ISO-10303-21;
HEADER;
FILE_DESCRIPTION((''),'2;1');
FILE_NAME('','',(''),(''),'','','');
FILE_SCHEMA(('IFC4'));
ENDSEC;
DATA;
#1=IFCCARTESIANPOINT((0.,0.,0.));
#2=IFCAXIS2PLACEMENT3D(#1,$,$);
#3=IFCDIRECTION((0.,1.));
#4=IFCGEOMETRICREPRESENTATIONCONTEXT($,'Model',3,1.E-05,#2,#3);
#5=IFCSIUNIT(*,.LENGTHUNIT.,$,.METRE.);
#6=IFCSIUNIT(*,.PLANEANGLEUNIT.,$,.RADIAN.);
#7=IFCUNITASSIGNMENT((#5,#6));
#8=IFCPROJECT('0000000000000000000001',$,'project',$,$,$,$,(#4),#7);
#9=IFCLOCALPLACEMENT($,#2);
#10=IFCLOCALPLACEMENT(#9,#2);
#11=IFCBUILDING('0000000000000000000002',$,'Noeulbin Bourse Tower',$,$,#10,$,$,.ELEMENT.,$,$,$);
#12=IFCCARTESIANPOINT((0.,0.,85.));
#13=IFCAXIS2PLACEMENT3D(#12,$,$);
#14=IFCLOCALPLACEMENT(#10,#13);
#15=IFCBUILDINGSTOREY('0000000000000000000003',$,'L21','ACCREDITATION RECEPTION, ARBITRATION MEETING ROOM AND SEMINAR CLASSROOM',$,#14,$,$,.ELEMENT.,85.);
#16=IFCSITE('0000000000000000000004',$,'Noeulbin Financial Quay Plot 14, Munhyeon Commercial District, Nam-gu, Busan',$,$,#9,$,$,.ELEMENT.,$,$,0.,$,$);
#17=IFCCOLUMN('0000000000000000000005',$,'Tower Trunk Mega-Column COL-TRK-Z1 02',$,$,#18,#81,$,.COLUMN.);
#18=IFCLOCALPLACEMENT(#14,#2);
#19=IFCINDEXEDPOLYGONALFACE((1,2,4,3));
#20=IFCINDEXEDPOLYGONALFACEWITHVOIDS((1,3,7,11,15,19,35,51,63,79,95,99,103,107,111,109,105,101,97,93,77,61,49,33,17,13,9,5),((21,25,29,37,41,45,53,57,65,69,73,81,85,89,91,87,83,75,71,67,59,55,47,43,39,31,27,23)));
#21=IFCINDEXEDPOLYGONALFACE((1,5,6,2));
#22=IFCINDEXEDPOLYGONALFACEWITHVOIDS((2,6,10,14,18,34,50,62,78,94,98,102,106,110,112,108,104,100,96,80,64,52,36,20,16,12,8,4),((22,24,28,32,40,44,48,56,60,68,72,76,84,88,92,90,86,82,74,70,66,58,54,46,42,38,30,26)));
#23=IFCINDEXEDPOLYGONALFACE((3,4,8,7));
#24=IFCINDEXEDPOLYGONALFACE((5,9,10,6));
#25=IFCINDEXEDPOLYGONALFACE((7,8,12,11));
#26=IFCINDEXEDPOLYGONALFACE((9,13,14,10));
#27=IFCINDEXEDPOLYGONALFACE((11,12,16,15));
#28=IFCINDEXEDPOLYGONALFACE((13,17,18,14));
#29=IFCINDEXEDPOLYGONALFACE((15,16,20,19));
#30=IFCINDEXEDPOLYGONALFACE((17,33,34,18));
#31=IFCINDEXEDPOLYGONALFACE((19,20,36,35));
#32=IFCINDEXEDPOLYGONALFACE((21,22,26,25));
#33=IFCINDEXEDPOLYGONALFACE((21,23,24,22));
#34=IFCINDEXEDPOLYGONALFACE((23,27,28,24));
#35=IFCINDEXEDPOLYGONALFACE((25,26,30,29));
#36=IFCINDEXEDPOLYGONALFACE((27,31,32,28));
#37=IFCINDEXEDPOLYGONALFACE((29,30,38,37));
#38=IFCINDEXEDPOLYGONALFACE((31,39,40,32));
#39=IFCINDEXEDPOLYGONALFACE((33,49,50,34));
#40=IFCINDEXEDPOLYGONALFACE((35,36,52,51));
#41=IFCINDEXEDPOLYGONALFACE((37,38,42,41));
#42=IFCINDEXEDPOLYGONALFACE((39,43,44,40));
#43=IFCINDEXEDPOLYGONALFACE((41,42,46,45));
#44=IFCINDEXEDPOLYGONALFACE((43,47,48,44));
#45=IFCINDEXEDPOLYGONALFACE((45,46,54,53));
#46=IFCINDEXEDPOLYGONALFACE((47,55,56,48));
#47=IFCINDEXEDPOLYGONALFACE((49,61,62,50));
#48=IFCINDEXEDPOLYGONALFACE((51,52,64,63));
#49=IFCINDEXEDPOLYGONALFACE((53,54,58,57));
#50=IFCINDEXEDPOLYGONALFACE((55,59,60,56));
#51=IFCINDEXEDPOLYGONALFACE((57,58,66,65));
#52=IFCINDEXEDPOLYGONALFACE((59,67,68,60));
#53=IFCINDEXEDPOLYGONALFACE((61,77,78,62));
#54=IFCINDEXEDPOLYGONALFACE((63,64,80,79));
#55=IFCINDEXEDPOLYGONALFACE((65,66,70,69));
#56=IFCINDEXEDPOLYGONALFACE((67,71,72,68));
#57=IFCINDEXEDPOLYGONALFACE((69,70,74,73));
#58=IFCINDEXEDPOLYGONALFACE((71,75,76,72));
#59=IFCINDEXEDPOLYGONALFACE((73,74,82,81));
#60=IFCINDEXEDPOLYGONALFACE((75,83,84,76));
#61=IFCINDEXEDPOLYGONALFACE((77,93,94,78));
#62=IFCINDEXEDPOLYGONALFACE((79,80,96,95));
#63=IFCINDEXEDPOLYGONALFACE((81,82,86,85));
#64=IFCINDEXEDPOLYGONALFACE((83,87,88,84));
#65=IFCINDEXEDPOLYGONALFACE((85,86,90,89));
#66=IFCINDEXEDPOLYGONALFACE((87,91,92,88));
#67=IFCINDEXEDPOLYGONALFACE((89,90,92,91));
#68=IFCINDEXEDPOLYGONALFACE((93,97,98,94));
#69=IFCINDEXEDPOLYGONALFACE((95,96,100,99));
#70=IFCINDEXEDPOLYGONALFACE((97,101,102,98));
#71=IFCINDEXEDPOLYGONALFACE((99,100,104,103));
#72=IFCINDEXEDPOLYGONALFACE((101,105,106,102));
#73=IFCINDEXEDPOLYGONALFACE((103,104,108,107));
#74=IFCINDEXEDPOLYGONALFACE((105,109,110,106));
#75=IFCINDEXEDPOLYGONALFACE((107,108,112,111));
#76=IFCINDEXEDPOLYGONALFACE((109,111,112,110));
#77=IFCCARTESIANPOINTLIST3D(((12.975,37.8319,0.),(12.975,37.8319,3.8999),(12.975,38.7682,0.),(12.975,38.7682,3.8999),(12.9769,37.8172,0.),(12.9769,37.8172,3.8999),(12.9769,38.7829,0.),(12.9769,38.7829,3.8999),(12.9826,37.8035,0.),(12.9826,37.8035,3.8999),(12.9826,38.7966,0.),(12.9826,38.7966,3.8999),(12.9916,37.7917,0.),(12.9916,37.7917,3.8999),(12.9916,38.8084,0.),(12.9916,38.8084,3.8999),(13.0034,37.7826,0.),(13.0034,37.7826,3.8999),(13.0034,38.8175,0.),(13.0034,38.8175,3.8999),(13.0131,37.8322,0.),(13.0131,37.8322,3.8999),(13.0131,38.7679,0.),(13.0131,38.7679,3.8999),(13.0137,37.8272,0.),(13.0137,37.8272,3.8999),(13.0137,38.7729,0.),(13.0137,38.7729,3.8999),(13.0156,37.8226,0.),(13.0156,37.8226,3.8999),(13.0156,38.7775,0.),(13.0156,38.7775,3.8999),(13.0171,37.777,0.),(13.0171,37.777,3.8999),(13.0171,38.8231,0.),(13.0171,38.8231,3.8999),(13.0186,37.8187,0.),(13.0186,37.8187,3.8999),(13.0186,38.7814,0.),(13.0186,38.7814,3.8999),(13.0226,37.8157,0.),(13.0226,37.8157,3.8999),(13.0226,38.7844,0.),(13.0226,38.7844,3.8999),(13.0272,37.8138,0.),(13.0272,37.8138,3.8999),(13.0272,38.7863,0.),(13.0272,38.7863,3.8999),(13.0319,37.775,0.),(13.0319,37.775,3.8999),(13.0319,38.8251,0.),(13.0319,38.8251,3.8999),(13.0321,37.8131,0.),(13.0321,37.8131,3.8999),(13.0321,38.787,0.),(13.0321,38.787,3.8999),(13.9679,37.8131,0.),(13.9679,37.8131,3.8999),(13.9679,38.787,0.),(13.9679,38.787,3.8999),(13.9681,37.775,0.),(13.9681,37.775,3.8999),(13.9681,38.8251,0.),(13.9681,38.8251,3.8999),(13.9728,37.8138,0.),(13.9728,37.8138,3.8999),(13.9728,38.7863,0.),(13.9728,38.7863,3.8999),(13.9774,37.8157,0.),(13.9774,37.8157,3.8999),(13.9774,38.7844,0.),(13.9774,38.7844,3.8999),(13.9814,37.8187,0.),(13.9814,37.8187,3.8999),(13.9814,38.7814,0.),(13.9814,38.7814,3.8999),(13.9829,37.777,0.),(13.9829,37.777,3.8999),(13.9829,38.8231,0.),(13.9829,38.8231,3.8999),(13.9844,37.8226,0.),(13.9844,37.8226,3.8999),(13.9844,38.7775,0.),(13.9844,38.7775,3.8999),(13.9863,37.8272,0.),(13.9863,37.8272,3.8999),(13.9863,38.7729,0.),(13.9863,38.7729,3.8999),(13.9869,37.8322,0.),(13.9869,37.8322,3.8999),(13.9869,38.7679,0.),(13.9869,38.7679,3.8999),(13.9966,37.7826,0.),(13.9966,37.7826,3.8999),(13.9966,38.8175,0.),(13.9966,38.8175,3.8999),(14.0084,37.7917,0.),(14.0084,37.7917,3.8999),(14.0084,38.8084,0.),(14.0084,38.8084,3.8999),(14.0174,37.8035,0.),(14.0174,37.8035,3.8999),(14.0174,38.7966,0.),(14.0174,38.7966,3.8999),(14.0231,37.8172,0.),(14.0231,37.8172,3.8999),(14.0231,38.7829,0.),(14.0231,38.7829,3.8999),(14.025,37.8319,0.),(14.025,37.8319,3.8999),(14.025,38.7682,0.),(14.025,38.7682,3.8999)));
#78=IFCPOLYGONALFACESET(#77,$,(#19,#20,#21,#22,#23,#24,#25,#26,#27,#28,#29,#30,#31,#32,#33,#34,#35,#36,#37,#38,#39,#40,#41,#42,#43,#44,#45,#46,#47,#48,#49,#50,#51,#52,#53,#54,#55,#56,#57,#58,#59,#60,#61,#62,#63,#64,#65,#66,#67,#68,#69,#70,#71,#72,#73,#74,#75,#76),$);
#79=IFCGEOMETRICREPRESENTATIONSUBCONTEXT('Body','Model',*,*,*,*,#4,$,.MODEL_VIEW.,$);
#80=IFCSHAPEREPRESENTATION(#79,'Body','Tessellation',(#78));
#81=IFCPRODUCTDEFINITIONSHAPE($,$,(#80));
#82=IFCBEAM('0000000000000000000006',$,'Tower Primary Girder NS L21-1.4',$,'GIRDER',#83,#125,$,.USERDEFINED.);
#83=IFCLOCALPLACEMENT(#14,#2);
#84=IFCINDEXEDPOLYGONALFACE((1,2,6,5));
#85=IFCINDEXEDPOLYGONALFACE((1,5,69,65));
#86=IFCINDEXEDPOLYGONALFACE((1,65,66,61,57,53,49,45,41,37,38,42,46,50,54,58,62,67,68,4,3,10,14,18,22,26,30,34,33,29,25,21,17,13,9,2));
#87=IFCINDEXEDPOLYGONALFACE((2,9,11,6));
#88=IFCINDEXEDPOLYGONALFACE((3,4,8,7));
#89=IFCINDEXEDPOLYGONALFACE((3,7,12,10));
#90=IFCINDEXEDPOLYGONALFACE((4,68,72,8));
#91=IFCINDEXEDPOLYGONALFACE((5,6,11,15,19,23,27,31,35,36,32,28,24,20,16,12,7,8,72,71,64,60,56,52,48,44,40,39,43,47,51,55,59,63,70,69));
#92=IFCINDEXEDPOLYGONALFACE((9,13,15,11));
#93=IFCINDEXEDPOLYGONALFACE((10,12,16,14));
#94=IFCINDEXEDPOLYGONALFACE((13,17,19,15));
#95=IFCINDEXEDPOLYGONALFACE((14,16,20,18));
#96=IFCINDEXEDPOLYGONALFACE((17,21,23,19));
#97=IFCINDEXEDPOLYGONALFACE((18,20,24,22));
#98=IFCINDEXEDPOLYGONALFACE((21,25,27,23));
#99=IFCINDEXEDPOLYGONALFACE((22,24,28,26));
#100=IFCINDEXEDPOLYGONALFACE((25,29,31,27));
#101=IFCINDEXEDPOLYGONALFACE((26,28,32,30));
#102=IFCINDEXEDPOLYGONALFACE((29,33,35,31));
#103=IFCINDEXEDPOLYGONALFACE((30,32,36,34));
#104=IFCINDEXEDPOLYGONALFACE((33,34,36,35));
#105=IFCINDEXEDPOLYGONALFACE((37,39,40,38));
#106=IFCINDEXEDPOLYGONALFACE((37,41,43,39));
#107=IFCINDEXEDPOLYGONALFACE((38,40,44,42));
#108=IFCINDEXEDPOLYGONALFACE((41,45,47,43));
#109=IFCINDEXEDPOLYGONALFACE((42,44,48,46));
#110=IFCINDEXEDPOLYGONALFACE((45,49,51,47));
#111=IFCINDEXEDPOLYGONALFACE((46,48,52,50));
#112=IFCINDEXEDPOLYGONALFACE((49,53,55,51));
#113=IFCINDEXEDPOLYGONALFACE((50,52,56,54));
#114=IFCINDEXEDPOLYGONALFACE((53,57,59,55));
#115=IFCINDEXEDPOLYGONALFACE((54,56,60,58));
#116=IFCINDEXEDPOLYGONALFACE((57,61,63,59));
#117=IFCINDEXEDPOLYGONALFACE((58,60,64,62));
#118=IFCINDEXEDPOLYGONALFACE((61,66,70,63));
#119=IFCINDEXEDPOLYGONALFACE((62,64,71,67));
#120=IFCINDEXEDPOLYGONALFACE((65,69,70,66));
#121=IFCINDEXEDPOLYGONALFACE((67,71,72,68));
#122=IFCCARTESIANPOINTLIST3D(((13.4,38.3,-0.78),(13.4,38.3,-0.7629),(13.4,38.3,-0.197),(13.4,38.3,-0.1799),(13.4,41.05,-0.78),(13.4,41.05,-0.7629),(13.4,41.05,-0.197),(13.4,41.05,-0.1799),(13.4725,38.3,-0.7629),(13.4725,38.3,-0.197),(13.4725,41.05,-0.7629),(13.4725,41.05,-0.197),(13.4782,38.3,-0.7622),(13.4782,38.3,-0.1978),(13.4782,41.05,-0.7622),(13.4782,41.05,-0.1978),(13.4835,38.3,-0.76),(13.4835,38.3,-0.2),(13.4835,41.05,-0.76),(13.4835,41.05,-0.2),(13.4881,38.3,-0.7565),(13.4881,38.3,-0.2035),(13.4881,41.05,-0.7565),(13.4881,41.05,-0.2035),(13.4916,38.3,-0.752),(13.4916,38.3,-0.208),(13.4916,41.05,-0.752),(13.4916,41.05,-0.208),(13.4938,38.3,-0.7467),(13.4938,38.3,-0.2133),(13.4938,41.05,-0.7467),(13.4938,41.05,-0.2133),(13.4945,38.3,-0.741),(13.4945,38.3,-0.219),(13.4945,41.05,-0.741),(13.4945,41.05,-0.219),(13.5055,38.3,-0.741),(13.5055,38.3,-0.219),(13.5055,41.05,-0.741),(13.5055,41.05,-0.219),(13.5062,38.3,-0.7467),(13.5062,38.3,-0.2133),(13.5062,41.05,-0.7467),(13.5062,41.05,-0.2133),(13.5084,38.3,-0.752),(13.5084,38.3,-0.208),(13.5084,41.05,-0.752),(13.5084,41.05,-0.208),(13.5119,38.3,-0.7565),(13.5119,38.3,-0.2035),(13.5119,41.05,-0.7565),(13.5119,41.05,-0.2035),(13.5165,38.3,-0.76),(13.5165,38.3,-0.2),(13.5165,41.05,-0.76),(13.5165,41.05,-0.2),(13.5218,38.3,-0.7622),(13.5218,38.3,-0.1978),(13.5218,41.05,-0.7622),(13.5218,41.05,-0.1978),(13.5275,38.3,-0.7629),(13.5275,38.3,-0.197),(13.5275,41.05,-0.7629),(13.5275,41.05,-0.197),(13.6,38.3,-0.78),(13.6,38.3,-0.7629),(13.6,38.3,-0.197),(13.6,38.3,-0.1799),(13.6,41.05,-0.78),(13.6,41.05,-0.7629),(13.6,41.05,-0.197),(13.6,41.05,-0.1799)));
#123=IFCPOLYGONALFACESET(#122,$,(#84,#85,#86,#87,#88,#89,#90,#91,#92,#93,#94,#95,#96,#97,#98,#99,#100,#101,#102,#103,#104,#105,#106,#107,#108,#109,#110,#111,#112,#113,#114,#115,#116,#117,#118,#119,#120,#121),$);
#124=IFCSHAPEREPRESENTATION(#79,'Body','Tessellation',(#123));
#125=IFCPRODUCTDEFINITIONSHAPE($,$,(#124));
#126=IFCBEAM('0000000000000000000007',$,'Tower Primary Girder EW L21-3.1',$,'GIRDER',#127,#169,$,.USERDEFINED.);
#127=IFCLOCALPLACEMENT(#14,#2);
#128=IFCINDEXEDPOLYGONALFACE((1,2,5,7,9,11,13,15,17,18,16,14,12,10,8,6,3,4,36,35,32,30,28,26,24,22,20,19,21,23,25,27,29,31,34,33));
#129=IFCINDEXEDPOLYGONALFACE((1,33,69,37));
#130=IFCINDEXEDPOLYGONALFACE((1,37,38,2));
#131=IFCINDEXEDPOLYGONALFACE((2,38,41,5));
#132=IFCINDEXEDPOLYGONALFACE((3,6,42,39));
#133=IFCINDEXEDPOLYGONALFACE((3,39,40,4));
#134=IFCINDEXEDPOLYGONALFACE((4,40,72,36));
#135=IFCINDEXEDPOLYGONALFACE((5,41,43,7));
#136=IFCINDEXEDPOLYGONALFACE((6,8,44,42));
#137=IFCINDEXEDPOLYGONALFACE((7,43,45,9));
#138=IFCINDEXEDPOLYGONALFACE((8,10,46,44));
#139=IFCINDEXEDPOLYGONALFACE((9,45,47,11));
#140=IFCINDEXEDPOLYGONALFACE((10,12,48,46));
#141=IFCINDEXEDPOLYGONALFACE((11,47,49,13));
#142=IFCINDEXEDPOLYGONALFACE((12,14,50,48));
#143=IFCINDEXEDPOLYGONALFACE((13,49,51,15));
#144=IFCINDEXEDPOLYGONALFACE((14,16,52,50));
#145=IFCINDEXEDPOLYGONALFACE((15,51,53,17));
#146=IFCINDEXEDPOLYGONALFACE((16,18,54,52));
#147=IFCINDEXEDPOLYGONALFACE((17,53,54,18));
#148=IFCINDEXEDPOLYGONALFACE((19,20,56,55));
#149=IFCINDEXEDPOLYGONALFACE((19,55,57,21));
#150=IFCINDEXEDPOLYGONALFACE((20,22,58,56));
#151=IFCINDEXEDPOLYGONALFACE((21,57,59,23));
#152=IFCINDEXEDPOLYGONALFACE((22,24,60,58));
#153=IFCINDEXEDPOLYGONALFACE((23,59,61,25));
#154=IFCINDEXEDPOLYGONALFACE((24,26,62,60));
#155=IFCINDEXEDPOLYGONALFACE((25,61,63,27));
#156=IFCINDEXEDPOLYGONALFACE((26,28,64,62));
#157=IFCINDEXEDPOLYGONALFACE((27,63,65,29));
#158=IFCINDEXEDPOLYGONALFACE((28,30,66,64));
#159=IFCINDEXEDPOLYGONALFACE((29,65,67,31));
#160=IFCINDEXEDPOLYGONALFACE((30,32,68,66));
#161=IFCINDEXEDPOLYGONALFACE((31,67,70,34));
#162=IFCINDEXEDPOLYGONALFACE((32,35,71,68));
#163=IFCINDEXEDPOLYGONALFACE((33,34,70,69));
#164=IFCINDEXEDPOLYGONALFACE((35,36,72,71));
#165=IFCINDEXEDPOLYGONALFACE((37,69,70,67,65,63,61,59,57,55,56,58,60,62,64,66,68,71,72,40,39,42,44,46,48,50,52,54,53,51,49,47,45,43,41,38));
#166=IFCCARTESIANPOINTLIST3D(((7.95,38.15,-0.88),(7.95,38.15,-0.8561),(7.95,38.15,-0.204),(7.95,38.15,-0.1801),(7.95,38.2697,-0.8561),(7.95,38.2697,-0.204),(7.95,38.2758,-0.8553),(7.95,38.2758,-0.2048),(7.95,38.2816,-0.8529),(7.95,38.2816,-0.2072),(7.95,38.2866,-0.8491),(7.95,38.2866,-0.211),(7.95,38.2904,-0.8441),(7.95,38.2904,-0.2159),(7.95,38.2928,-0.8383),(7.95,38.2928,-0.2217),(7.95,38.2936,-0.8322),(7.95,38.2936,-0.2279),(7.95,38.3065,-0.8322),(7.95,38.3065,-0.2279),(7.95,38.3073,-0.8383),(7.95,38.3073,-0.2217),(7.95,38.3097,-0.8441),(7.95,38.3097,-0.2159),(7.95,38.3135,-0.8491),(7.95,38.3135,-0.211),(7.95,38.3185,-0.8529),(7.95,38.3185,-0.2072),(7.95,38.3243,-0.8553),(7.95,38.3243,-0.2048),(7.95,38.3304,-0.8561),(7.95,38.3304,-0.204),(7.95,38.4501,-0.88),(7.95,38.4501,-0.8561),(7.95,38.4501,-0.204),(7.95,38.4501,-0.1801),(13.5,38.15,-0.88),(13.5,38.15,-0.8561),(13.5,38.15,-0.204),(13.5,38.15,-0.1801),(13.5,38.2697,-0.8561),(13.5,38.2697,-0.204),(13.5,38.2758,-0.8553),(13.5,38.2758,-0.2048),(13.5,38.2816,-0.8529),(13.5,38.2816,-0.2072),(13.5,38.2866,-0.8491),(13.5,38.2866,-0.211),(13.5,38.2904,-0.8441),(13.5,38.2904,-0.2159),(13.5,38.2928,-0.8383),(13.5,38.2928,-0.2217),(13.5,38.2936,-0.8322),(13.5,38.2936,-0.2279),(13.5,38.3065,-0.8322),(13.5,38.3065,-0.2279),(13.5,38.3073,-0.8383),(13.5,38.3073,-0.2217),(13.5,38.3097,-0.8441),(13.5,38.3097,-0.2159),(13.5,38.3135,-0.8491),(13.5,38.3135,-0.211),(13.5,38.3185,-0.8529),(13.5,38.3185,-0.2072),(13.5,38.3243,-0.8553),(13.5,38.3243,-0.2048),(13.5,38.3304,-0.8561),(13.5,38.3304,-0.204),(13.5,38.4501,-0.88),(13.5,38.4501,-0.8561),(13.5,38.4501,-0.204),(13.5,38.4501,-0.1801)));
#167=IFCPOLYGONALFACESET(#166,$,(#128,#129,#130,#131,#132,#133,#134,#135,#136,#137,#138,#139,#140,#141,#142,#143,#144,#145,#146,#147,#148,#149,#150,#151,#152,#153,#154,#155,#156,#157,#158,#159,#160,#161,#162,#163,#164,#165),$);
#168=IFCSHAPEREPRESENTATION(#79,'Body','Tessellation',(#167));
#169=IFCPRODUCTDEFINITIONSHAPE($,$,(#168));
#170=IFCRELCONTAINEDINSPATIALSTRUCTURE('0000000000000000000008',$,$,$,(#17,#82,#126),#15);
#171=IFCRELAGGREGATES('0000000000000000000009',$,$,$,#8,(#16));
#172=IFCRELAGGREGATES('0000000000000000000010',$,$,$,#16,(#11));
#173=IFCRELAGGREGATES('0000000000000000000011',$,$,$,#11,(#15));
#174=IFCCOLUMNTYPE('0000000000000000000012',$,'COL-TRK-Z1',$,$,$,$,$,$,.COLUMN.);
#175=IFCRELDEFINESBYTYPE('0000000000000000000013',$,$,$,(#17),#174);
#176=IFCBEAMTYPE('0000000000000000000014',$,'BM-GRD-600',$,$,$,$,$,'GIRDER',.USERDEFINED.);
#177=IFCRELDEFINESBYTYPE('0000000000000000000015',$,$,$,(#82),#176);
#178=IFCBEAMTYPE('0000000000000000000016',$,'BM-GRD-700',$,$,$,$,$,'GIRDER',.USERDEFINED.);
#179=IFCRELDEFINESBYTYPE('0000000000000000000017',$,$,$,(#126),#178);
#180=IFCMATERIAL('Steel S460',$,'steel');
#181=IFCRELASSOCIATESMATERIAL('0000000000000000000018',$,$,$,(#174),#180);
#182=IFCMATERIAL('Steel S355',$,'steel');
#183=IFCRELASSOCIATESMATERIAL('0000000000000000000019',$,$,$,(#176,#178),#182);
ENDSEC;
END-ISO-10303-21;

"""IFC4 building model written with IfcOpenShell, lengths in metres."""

from ifc_helpers import new_model, si_unit, direction, frame, origin, origin_2d, place, context, subcontext, project, spatial, hollow_rectangle, i_section, extrude, material, material_profile, profile_set, type_object, element, save


model = new_model("IFC4")

# Units and contexts
model_context = context("Model", 3, precision=1e-05, world=origin(), true_north=direction((0.0, 1.0)))
body_context = subcontext(model_context, "Body", "Model", "MODEL_VIEW")
ifc_project = project(units=[si_unit("LENGTHUNIT", "METRE"), si_unit("PLANEANGLEUNIT", "RADIAN")], contexts=[model_context])

# Site, building, storey
site_placement = place(None, origin())
site = spatial("IfcSite", under=ifc_project, at=site_placement, Name="Noeulbin Financial Quay Plot 14, Munhyeon Commercial District, Nam-gu, Busan", CompositionType="ELEMENT", RefElevation=0.0)
building_placement = place(site_placement, origin())
building = spatial("IfcBuilding", under=site, at=building_placement, Name="Noeulbin Bourse Tower", CompositionType="ELEMENT")
storey_placement = place(building_placement, frame((0.0, 0.0, 85.0)))
storey = spatial("IfcBuildingStorey", under=building, at=storey_placement, Name="L21", Description="ACCREDITATION RECEPTION, ARBITRATION MEETING ROOM AND SEMINAR CLASSROOM", CompositionType="ELEMENT", Elevation=85.0)

# Column
ifc_material_1 = material(Name="Steel S460", Category="steel")
ifc_material_profile_1 = material_profile(ifc_material_1, hollow_rectangle(XDim=1.05, YDim=1.05, WallThickness=0.0381, InnerFilletRadius=0.019, OuterFilletRadius=0.0569, at=origin_2d()), Name="BOX-1050x1050x38", Category="LoadBearing")
ifc_profile_set_1 = profile_set([ifc_material_profile_1], Name="Steel S460")
column_type_1 = type_object("IfcColumnType", Name="COL-TRK-Z1", PredefinedType="COLUMN", material=ifc_profile_set_1)
column_placement = place(storey_placement, frame((13.5, 38.3, 0.0), z_axis=(0.0, 0.0, 1.0), x_axis=(1.0, 0.0, 0.0)))
element("IfcColumn", 1, at=column_placement, inside=storey, type_object=column_type_1, Name="Tower Trunk Mega-Column COL-TRK-Z1 02", PredefinedType="COLUMN", context=body_context, shape_type="SweptSolid", body=[
    extrude(hollow_rectangle(XDim=1.05, YDim=1.05, WallThickness=0.0381, InnerFilletRadius=0.019, OuterFilletRadius=0.0569, at=origin_2d()), origin(), (0.0, 0.0, 1.0), 3.8999),
])

# Beams
ifc_material_2 = material(Name="Steel S355", Category="steel")
ifc_material_profile_2 = material_profile(ifc_material_2, i_section(OverallWidth=0.2, OverallDepth=0.6001, WebThickness=0.011, FlangeThickness=0.0171, FilletRadius=0.022, at=origin_2d()), Name="H-600x200x11x17", Category="LoadBearing")
ifc_profile_set_2 = profile_set([ifc_material_profile_2], Name="Steel S355")
beam_type_1 = type_object("IfcBeamType", Name="BM-GRD-600", ElementType="GIRDER", PredefinedType="USERDEFINED", material=ifc_profile_set_2)
beam_1_placement = place(storey_placement, frame((13.5, 38.3, -0.48), z_axis=(0.0, 1.0, 0.0), x_axis=(-1.0, 0.0, 0.0)))
element("IfcBeam", 2, at=beam_1_placement, inside=storey, type_object=beam_type_1, Name="Tower Primary Girder NS L21-1.4", ObjectType="GIRDER", PredefinedType="USERDEFINED", context=body_context, shape_type="SweptSolid", body=[
    extrude(i_section(OverallWidth=0.2, OverallDepth=0.6001, WebThickness=0.011, FlangeThickness=0.0171, FilletRadius=0.022, at=origin_2d()), origin(), (0.0, 0.0, 1.0), 2.75),
])
ifc_material_profile_3 = material_profile(ifc_material_2, i_section(OverallWidth=0.3, OverallDepth=0.7, WebThickness=0.0129, FlangeThickness=0.0239, FilletRadius=0.0239, at=origin_2d()), Name="H-700x300x13x24", Category="LoadBearing")
ifc_profile_set_3 = profile_set([ifc_material_profile_3], Name="Steel S355")
beam_type_2 = type_object("IfcBeamType", Name="BM-GRD-700", ElementType="GIRDER", PredefinedType="USERDEFINED", material=ifc_profile_set_3)
beam_2_placement = place(storey_placement, frame((7.95, 38.3, -0.53), z_axis=(1.0, 0.0, 0.0), x_axis=(0.0, 1.0, 0.0)))
element("IfcBeam", 3, at=beam_2_placement, inside=storey, type_object=beam_type_2, Name="Tower Primary Girder EW L21-3.1", ObjectType="GIRDER", PredefinedType="USERDEFINED", context=body_context, shape_type="SweptSolid", body=[
    extrude(i_section(OverallWidth=0.3, OverallDepth=0.7, WebThickness=0.0129, FlangeThickness=0.0239, FilletRadius=0.0239, at=origin_2d()), origin(), (0.0, 0.0, 1.0), 5.55),
])

save(model, "model.ifc")
